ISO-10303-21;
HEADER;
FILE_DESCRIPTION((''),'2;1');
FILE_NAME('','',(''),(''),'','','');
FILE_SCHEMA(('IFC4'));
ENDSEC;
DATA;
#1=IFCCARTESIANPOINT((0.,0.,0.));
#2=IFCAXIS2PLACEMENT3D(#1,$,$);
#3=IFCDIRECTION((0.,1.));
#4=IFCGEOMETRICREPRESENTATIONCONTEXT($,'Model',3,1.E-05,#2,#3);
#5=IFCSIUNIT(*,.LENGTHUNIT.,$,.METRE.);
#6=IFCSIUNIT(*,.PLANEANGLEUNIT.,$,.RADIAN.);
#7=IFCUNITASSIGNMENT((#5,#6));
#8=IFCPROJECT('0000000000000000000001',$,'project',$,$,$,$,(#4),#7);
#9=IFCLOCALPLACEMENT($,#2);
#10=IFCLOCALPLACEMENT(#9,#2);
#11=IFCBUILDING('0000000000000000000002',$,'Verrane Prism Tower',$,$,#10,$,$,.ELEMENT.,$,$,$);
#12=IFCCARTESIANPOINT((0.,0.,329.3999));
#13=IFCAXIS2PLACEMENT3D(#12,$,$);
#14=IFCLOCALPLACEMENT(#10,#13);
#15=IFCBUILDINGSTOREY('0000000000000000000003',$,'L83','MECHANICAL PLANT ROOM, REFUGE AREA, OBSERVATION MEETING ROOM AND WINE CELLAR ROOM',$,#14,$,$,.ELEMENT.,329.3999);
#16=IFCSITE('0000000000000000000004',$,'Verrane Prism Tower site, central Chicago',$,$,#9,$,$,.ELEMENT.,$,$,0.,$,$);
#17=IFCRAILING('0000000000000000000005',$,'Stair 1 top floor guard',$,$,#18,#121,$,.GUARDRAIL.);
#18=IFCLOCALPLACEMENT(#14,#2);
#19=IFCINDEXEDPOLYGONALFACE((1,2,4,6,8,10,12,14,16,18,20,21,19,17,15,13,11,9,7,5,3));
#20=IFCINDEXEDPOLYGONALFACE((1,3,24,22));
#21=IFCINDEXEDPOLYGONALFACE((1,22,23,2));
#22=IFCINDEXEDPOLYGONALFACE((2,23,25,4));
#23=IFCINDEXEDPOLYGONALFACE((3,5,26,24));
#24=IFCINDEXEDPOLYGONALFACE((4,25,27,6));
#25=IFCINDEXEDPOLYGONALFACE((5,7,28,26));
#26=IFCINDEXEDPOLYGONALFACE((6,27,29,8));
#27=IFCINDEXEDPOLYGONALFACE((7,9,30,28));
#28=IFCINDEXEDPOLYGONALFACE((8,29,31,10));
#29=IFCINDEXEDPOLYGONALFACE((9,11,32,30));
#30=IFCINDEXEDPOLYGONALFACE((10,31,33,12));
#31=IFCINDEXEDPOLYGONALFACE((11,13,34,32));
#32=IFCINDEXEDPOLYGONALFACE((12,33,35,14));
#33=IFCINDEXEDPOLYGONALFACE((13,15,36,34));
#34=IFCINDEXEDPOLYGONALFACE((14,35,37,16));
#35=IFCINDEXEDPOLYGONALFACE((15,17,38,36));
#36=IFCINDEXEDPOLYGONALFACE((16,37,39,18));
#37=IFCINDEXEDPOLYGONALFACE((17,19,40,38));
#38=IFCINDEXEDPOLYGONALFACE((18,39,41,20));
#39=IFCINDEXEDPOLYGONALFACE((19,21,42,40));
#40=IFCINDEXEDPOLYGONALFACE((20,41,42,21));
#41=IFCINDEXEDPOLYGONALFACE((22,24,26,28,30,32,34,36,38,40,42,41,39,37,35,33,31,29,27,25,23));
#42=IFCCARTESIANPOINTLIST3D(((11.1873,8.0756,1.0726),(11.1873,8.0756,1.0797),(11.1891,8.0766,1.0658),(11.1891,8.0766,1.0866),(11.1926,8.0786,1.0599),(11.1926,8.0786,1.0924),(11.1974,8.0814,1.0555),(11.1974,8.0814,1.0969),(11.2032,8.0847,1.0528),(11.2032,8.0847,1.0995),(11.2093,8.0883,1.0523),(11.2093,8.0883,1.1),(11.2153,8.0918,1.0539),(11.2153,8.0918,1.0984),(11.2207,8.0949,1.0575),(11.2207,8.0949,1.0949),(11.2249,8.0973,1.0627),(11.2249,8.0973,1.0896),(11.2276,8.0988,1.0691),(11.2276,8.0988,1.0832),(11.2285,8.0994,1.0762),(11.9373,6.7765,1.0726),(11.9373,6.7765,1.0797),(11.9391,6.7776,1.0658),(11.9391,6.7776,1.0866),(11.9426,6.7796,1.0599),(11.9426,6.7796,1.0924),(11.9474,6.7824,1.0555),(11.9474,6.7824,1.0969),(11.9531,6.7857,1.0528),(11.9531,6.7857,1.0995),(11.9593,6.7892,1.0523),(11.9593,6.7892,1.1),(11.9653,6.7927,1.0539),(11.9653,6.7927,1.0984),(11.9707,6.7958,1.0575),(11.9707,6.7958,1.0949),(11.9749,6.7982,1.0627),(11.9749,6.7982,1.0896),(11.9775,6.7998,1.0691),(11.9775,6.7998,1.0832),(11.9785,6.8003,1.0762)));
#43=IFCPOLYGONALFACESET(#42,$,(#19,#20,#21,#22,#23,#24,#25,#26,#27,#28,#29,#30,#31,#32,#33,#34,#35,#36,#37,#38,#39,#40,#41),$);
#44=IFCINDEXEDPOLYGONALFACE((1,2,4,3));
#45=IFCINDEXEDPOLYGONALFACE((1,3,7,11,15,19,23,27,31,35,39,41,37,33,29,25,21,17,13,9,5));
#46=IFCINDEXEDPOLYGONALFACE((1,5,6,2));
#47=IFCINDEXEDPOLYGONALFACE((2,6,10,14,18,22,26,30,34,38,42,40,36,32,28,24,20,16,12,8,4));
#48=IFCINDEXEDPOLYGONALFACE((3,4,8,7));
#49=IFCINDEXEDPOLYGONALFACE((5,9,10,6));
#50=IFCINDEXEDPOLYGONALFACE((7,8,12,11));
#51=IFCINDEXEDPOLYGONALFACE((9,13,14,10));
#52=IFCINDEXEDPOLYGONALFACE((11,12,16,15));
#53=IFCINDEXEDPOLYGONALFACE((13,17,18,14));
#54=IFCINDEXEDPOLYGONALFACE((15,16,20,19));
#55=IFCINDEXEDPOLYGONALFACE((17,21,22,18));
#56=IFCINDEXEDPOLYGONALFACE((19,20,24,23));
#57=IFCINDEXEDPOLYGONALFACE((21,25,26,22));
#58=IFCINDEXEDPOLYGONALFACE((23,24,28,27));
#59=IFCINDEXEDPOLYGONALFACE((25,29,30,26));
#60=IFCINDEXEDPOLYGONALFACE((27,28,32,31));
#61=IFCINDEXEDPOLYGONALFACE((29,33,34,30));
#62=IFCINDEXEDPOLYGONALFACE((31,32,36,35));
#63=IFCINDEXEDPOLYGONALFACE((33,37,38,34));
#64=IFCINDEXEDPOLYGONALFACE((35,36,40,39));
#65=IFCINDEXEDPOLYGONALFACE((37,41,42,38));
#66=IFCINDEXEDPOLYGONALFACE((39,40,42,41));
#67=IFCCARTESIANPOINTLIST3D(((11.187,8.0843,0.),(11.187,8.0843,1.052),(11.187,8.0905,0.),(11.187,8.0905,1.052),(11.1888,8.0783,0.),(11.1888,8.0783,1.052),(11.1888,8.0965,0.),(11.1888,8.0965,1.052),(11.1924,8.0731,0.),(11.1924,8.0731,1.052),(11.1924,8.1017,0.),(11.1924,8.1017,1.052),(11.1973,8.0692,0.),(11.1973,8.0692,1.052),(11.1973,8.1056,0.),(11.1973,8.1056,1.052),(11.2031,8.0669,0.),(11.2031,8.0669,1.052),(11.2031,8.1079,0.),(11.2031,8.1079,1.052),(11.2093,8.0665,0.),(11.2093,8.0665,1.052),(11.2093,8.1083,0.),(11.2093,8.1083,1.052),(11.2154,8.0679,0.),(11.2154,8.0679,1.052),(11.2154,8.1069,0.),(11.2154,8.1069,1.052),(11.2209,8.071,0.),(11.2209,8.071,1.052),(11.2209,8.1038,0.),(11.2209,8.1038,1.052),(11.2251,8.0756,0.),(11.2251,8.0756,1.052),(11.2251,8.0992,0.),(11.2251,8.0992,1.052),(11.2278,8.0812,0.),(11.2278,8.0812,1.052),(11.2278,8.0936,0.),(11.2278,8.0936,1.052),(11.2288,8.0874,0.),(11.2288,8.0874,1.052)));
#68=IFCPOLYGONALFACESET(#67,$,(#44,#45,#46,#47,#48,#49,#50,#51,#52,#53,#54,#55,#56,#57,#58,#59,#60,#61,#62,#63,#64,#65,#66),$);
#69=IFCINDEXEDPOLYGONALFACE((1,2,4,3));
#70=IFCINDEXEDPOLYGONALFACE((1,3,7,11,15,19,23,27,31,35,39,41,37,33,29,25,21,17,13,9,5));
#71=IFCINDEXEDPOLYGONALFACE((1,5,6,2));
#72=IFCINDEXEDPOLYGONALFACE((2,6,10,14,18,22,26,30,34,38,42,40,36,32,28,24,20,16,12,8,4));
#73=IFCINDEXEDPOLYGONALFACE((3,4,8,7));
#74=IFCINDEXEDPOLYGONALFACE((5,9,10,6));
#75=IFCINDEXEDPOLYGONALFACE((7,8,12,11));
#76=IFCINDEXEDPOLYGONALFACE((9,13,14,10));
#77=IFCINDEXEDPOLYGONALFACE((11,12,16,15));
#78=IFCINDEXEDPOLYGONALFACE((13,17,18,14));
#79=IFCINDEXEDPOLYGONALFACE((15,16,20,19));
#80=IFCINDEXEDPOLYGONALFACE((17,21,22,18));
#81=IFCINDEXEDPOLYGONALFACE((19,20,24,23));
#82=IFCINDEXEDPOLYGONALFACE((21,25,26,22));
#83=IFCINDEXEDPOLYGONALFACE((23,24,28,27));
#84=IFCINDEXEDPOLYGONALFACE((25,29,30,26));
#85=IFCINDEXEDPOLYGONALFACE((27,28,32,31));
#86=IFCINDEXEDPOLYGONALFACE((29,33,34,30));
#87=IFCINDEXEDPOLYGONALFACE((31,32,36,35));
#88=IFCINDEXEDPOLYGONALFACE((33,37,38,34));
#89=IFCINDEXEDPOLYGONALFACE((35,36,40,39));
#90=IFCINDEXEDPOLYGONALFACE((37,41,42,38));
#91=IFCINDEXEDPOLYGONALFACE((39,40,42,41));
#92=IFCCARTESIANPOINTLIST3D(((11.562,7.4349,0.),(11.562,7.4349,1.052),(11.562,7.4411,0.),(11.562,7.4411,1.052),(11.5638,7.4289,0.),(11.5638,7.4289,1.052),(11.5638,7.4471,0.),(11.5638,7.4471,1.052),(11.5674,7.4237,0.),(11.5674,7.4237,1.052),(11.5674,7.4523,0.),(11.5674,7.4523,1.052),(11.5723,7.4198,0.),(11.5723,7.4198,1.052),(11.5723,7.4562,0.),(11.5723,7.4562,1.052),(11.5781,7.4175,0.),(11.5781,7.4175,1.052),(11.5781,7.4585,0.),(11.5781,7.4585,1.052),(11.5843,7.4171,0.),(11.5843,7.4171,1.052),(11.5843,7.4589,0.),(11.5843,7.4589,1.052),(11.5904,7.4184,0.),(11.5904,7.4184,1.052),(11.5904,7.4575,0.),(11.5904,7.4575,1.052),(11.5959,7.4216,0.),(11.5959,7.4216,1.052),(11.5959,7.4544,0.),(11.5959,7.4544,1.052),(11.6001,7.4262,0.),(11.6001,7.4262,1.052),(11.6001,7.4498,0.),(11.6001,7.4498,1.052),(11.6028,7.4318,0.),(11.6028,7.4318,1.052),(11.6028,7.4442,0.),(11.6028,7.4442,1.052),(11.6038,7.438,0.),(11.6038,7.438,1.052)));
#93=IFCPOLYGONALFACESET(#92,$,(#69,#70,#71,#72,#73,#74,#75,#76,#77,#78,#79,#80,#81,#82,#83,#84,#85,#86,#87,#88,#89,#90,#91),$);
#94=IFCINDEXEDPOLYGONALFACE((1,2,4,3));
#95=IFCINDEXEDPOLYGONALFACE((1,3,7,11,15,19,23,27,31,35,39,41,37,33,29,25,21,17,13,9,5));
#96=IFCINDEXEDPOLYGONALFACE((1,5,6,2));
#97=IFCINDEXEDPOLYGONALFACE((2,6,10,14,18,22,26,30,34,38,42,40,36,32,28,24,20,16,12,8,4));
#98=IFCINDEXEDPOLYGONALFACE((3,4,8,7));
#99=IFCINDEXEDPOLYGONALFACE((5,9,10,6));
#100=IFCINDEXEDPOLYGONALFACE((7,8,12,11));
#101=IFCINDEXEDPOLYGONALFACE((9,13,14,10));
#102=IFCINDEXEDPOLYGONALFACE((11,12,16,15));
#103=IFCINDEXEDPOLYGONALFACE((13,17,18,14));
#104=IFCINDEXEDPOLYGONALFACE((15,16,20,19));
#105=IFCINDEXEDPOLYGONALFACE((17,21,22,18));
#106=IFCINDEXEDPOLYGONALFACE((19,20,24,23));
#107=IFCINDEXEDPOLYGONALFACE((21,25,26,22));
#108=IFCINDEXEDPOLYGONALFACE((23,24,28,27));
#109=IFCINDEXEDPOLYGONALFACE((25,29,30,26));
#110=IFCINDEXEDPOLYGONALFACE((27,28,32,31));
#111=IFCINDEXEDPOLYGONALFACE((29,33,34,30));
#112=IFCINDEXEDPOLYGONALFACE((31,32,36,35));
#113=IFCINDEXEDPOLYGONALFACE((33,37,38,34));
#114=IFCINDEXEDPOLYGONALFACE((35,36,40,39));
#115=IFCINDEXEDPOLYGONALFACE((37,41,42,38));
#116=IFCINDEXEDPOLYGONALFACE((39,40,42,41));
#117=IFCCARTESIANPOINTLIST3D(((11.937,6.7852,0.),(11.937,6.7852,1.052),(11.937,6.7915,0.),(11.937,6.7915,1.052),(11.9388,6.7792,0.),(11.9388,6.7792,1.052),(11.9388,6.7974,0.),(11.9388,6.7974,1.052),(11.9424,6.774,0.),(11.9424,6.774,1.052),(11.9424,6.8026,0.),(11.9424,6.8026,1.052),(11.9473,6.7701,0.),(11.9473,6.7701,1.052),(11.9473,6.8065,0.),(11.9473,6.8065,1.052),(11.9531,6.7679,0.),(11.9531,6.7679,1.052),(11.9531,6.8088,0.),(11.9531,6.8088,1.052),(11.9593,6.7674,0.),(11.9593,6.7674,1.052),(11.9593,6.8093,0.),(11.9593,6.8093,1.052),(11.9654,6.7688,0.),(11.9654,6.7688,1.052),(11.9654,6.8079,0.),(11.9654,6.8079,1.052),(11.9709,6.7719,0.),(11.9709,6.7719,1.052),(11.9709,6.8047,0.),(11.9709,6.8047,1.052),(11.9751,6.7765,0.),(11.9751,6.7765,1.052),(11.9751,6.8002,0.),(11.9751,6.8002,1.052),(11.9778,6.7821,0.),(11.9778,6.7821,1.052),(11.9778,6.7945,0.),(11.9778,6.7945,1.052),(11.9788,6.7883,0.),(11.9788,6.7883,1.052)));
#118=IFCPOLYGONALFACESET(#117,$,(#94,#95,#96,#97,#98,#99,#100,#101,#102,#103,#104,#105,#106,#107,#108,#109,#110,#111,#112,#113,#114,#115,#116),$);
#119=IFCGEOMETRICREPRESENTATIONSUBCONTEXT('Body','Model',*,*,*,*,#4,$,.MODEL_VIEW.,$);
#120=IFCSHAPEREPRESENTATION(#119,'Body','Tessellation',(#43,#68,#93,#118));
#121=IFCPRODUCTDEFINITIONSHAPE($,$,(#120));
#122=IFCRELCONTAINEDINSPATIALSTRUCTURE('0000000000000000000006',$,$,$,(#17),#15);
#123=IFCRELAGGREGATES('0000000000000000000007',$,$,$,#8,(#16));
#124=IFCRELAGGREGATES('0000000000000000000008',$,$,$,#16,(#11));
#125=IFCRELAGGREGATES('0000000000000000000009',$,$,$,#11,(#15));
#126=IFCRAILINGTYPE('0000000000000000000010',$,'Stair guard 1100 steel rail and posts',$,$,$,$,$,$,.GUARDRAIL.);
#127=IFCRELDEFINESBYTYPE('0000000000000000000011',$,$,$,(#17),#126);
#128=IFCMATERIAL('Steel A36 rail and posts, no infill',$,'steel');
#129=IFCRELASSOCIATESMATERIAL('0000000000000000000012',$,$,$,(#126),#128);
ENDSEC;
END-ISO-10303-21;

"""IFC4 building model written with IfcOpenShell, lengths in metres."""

from ifc_helpers import new_model, si_unit, direction, frame, origin, origin_2d, place, context, subcontext, project, spatial, circle, extrude, material, type_object, element, save


model = new_model("IFC4")

# Units and contexts
model_context = context("Model", 3, precision=1e-05, world=origin(), true_north=direction((0.0, 1.0)))
body_context = subcontext(model_context, "Body", "Model", "MODEL_VIEW")
ifc_project = project(units=[si_unit("LENGTHUNIT", "METRE"), si_unit("PLANEANGLEUNIT", "RADIAN")], contexts=[model_context])

# Site, building, storey
site_placement = place(None, origin())
site = spatial("IfcSite", under=ifc_project, at=site_placement, Name="Verrane Prism Tower site, central Chicago", CompositionType="ELEMENT", RefElevation=0.0)
building_placement = place(site_placement, origin())
building = spatial("IfcBuilding", under=site, at=building_placement, Name="Verrane Prism Tower", CompositionType="ELEMENT")
storey_placement = place(building_placement, frame((0.0, 0.0, 329.3999)))
storey = spatial("IfcBuildingStorey", under=building, at=storey_placement, Name="L83", Description="MECHANICAL PLANT ROOM, REFUGE AREA, OBSERVATION MEETING ROOM AND WINE CELLAR ROOM", CompositionType="ELEMENT", Elevation=329.3999)

# Railing
ifc_material_1 = material(Name="Steel A36 rail and posts, no infill", Category="steel")
railing_type = type_object("IfcRailingType", Name="Stair guard 1100 steel rail and posts", PredefinedType="GUARDRAIL", material=ifc_material_1)
railing_placement = place(storey_placement, frame((11.2078, 8.0874, 0.0)))
element("IfcRailing", 1, at=railing_placement, inside=storey, type_object=railing_type, Name="Stair 1 top floor guard", PredefinedType="GUARDRAIL", context=body_context, shape_type="SweptSolid", body=[
    extrude(circle(Radius=0.0239, at=origin_2d()), frame((0.0, 0.0, 1.0762), z_axis=(0.49999, -0.866031, 0.0), x_axis=(0.866031, 0.49999, 0.0)), (0.0, 0.0, 1.0), 1.5),
    extrude(circle(Radius=0.021, at=origin_2d()), origin(), (0.0, 0.0, 1.0), 1.052),
    extrude(circle(Radius=0.021, at=origin_2d()), frame((0.375, -0.6494, 0.0)), (0.0, 0.0, 1.0), 1.052),
    extrude(circle(Radius=0.021, at=origin_2d()), frame((0.75, -1.2991, 0.0)), (0.0, 0.0, 1.0), 1.052),
])

save(model, "model.ifc")
